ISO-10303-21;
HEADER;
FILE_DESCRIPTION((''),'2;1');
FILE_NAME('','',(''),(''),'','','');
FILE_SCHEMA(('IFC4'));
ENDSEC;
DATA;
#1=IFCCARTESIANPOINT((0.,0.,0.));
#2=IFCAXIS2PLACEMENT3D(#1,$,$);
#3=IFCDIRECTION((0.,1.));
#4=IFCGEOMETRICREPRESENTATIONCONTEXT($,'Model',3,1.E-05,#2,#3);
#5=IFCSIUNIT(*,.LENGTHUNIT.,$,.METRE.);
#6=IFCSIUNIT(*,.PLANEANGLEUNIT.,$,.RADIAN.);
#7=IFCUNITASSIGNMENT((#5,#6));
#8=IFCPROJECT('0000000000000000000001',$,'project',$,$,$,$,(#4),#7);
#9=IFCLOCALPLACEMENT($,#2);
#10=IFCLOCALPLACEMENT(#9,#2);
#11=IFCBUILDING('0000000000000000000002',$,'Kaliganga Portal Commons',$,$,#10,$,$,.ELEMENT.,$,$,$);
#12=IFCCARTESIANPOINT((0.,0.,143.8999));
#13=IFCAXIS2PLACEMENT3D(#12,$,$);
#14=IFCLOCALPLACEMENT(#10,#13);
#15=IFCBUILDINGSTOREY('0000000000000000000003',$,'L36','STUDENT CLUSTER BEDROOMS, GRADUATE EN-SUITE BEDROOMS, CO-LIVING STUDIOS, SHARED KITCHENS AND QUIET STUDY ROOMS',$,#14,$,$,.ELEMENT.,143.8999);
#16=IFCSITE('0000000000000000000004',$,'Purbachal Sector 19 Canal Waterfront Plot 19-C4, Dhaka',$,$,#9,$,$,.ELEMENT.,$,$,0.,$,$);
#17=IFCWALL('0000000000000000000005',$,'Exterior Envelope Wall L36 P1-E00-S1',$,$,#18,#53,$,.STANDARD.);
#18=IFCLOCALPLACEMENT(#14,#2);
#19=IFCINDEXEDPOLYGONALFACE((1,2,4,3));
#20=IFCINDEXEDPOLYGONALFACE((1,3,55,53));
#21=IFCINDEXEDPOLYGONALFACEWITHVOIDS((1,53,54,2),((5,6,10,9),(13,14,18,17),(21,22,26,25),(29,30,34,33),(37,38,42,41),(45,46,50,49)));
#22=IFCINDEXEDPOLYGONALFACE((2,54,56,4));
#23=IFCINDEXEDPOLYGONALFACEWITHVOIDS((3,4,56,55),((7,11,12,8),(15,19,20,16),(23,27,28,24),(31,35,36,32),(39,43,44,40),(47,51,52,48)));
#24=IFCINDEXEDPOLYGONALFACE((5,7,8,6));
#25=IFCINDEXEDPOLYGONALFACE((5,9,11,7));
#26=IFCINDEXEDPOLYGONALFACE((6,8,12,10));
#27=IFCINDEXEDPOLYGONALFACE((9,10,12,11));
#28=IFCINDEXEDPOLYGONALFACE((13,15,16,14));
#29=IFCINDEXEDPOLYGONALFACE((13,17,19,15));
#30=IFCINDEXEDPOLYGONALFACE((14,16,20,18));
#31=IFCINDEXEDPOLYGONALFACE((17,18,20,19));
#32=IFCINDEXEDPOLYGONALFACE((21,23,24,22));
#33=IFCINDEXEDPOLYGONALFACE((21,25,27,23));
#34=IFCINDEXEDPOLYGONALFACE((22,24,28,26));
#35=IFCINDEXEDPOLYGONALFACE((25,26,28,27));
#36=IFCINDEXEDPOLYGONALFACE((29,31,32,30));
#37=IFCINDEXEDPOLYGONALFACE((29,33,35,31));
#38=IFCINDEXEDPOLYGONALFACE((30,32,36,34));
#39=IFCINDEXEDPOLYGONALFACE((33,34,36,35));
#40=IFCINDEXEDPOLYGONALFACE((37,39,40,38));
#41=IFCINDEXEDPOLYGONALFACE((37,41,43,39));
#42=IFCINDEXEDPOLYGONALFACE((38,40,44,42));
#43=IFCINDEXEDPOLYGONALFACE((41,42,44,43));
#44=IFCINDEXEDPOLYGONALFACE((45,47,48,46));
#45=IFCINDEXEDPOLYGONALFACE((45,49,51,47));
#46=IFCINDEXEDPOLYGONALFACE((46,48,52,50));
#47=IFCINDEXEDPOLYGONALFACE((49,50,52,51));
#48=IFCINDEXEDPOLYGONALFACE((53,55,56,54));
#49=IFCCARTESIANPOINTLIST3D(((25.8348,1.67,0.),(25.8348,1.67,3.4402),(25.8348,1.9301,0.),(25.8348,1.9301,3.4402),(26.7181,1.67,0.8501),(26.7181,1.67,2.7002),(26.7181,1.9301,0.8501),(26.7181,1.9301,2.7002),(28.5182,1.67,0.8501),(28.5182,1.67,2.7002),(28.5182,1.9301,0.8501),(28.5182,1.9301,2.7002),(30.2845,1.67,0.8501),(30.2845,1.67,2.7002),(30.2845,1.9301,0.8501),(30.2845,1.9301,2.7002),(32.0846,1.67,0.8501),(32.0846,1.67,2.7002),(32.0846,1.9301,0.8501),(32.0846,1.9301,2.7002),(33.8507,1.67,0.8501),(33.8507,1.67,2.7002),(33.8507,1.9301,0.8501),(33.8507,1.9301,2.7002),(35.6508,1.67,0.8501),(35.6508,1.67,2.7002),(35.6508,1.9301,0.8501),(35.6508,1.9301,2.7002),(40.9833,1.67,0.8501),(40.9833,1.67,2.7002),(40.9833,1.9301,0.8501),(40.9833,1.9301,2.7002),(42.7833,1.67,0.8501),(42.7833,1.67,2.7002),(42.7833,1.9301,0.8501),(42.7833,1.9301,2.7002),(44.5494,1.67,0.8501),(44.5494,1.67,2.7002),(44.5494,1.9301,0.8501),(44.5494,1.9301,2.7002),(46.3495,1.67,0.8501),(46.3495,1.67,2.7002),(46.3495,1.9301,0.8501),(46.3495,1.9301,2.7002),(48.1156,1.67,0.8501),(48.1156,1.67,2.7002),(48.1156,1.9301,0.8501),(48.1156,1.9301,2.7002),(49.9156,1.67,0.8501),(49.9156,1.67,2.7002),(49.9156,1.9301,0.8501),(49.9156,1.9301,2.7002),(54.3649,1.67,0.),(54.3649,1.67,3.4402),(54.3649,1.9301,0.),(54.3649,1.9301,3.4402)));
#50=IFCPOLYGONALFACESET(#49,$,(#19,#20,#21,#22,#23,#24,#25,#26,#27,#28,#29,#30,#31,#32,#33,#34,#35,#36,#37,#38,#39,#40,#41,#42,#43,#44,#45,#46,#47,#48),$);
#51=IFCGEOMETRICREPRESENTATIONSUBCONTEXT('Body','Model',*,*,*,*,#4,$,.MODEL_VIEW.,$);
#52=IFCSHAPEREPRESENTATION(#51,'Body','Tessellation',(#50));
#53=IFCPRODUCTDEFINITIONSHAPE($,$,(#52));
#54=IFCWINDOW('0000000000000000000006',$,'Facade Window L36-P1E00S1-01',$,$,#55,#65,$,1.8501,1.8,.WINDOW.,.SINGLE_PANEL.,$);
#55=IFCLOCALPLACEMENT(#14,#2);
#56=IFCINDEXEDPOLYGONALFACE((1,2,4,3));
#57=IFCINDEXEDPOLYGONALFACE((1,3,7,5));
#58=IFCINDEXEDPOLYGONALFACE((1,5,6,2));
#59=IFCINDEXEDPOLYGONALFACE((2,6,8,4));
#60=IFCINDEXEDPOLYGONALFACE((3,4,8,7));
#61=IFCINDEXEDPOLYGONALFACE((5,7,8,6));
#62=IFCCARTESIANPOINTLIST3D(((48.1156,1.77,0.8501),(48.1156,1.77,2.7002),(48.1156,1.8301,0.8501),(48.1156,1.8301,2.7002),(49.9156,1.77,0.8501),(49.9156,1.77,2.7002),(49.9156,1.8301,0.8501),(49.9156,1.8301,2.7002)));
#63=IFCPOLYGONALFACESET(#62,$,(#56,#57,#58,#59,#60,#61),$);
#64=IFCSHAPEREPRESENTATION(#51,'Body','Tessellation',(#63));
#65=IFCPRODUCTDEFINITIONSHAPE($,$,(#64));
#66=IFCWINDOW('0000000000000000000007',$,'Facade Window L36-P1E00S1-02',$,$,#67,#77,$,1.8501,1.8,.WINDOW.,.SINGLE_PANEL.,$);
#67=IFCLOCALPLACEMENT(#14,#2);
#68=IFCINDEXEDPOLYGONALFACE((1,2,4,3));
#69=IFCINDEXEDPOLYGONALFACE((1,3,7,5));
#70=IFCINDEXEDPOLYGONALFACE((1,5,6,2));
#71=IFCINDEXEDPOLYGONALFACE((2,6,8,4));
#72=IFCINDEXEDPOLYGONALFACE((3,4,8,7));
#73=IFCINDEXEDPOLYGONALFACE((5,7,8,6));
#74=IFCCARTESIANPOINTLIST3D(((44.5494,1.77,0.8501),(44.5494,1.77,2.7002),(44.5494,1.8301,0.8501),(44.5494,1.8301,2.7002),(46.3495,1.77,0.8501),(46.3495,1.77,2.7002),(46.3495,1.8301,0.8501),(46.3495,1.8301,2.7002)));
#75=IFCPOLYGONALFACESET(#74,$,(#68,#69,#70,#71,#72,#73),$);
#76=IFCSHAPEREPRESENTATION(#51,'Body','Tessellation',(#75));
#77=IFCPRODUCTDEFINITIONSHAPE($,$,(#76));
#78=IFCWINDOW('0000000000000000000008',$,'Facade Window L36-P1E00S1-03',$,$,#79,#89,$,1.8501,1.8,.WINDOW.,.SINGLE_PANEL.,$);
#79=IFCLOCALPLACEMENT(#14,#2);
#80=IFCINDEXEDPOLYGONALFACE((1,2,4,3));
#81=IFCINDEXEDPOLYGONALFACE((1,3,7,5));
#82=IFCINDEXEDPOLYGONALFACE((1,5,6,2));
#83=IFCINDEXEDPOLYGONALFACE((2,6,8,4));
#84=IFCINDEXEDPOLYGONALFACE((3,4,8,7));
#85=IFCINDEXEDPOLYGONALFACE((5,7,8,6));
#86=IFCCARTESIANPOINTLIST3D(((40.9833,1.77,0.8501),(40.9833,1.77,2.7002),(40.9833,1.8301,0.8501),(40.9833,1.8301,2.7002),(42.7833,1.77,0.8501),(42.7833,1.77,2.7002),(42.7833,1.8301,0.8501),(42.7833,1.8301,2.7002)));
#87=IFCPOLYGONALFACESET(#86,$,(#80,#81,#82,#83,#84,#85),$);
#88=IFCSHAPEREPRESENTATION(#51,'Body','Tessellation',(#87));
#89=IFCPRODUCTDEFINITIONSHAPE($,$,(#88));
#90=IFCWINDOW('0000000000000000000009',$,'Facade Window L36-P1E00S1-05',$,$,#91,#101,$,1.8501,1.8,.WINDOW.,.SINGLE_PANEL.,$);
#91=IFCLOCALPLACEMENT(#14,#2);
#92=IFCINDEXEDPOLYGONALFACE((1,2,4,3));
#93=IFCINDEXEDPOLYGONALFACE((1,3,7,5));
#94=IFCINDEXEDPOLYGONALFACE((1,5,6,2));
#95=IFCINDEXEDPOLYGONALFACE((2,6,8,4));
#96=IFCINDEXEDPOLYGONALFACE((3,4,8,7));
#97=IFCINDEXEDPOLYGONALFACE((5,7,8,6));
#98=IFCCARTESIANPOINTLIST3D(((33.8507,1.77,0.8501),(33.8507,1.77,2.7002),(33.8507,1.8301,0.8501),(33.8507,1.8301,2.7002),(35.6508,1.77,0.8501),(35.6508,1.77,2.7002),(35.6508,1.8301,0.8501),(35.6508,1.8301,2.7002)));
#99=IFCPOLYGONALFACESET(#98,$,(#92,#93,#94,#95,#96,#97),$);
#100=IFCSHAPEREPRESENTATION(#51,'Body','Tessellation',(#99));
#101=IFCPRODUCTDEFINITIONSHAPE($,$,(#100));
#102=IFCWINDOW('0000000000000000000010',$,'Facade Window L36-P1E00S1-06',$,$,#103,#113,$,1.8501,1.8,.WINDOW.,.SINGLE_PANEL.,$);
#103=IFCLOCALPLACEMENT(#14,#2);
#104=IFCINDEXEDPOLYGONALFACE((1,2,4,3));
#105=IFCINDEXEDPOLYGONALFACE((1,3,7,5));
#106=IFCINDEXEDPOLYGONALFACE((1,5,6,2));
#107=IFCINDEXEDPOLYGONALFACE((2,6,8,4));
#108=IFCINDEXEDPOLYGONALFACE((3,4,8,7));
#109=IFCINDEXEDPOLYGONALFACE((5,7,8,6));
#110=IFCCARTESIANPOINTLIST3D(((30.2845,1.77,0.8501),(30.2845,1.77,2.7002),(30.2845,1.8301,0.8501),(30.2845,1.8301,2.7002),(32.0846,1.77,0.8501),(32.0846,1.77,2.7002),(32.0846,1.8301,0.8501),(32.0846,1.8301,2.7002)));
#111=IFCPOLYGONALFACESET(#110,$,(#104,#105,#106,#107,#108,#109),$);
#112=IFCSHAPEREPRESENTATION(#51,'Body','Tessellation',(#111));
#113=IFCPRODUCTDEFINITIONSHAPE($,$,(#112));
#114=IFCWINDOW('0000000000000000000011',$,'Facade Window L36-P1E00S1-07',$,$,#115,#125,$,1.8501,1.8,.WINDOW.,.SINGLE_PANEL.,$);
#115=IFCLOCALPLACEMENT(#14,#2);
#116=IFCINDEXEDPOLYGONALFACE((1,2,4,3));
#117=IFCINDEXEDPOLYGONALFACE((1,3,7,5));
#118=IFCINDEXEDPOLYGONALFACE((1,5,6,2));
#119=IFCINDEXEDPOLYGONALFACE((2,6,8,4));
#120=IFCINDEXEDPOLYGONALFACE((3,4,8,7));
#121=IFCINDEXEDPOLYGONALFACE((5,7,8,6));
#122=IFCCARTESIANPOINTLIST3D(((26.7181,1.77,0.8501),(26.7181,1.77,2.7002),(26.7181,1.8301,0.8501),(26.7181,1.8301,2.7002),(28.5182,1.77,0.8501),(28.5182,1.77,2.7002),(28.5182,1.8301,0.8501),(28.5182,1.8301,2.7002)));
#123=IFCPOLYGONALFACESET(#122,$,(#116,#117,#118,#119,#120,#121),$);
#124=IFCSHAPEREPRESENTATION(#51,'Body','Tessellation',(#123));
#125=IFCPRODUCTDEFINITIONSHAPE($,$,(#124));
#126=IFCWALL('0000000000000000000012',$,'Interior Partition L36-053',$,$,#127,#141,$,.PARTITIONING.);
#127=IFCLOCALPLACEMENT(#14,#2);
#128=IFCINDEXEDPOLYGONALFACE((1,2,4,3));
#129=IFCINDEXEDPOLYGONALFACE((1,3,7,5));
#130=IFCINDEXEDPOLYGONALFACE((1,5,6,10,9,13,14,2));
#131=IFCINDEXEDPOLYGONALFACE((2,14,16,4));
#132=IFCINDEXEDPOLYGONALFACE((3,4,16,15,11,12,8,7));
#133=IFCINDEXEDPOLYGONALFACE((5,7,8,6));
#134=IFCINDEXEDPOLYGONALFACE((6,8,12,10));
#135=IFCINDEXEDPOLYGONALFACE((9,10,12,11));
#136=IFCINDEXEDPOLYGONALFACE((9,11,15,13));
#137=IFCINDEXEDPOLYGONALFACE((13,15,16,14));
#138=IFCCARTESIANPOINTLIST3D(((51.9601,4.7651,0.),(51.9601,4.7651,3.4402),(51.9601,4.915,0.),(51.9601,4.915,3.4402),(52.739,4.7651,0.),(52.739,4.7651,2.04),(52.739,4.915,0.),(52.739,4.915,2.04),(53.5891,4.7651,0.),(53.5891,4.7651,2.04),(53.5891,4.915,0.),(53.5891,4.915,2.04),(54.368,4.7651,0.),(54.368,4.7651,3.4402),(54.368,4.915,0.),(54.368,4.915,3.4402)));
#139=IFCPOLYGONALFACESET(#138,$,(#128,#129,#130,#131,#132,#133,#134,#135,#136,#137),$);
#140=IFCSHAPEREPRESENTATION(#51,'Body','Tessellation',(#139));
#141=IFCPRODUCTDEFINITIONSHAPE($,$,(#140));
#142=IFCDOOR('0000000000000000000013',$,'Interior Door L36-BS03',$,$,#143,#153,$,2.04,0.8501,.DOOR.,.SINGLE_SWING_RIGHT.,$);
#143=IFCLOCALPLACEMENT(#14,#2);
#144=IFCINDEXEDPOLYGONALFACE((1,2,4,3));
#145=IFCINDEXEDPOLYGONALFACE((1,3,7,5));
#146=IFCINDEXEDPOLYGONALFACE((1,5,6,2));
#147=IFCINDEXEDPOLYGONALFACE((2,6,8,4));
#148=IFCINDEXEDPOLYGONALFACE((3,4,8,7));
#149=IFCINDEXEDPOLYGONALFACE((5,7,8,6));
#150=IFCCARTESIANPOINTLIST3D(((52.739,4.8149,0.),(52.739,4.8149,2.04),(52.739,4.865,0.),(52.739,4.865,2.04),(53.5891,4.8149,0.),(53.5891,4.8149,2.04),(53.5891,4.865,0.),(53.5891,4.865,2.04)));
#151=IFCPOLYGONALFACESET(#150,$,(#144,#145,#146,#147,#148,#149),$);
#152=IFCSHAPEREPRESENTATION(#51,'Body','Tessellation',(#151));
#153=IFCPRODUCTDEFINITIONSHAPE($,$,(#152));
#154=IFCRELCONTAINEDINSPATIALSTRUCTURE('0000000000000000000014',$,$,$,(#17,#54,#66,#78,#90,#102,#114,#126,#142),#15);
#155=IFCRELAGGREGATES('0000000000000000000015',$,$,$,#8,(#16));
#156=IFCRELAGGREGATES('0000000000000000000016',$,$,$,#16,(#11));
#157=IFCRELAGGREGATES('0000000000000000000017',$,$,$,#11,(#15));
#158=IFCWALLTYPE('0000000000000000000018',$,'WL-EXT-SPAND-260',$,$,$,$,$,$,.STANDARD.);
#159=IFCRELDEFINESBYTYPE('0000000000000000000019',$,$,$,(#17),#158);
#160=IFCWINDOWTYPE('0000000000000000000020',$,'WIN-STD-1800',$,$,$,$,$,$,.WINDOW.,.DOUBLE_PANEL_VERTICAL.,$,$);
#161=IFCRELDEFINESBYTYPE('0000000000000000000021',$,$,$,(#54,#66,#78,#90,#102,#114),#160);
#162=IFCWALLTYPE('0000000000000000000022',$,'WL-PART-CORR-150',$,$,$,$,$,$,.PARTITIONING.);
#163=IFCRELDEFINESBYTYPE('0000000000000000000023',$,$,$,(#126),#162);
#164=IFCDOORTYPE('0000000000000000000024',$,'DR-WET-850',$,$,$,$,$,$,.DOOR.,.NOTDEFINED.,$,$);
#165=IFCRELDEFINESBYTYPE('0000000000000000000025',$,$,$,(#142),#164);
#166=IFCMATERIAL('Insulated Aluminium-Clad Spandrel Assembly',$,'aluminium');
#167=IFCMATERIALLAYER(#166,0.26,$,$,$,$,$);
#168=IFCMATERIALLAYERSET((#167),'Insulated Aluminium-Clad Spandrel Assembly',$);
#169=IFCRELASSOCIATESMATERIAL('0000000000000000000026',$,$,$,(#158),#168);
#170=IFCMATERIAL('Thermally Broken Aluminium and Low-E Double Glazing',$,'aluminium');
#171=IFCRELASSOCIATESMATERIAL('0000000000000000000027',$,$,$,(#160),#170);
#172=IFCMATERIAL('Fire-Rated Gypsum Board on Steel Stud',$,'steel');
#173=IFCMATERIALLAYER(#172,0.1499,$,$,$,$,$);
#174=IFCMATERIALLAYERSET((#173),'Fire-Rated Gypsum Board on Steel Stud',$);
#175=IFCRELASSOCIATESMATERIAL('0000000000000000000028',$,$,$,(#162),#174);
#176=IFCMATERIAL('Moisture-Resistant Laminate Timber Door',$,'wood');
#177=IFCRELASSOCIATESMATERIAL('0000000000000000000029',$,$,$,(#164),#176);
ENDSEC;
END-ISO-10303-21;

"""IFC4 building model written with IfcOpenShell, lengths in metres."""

from ifc_helpers import new_model, si_unit, direction, frame, frame_2d, origin, place, context, subcontext, project, spatial, rectangle, extrude, material, layer, layer_set, type_object, element, fill, save


model = new_model("IFC4")

# Units and contexts
model_context = context("Model", 3, precision=1e-05, world=origin(), true_north=direction((0.0, 1.0)))
body_context = subcontext(model_context, "Body", "Model", "MODEL_VIEW")
ifc_project = project(units=[si_unit("LENGTHUNIT", "METRE"), si_unit("PLANEANGLEUNIT", "RADIAN")], contexts=[model_context])

# Site, building, storey
site_placement = place(None, origin())
site = spatial("IfcSite", under=ifc_project, at=site_placement, Name="Purbachal Sector 19 Canal Waterfront Plot 19-C4, Dhaka", CompositionType="ELEMENT", RefElevation=0.0)
building_placement = place(site_placement, origin())
building = spatial("IfcBuilding", under=site, at=building_placement, Name="Kaliganga Portal Commons", CompositionType="ELEMENT")
storey_placement = place(building_placement, frame((0.0, 0.0, 143.8999)))
storey = spatial("IfcBuildingStorey", under=building, at=storey_placement, Name="L36", Description="STUDENT CLUSTER BEDROOMS, GRADUATE EN-SUITE BEDROOMS, CO-LIVING STUDIOS, SHARED KITCHENS AND QUIET STUDY ROOMS", CompositionType="ELEMENT", Elevation=143.8999)

# Wall, openings, windows
ifc_material_1 = material(Name="Insulated Aluminium-Clad Spandrel Assembly", Category="aluminium")
ifc_layer_1 = layer(ifc_material_1, 0.26)
ifc_layer_set_1 = layer_set([ifc_layer_1], Name="Insulated Aluminium-Clad Spandrel Assembly")
wall_type_1 = type_object("IfcWallType", Name="WL-EXT-SPAND-260", PredefinedType="STANDARD", material=ifc_layer_set_1)
wall_1_placement = place(storey_placement, frame((54.365, 1.8, 0.0), z_axis=(0.0, 0.0, 1.0), x_axis=(-1.0, 0.0, 0.0)))
wall_1 = element("IfcWall", 1, at=wall_1_placement, inside=storey, type_object=wall_type_1, Name="Exterior Envelope Wall L36 P1-E00-S1", PredefinedType="STANDARD", context=body_context, shape_type="SweptSolid", body=[
    extrude(rectangle(XDim=28.53, YDim=0.26, at=frame_2d((14.2651, 0.0))), origin(), (0.0, 0.0, 1.0), 3.4402),
])
opening_1_placement = place(wall_1_placement, frame((4.4495, 0.0, 0.8501)))
opening_1 = element("IfcOpeningElement", 2, at=opening_1_placement, cuts=wall_1, PredefinedType="OPENING", context=body_context, shape_type="SweptSolid", body=[
    extrude(rectangle(XDim=1.8, YDim=1.8501, at=frame_2d((0.8999, 0.925))), frame((0.0, 0.1401, 0.0), z_axis=(0.0, -1.0, 0.0), x_axis=(1.0, 0.0, 0.0)), (0.0, 0.0, 1.0), 0.28),
])
opening_2_placement = place(wall_1_placement, frame((8.0156, 0.0, 0.8501)))
opening_2 = element("IfcOpeningElement", 3, at=opening_2_placement, cuts=wall_1, PredefinedType="OPENING", context=body_context, shape_type="SweptSolid", body=[
    extrude(rectangle(XDim=1.8, YDim=1.8501, at=frame_2d((0.8999, 0.925))), frame((0.0, 0.1401, 0.0), z_axis=(0.0, -1.0, 0.0), x_axis=(1.0, 0.0, 0.0)), (0.0, 0.0, 1.0), 0.28),
])
opening_3_placement = place(wall_1_placement, frame((11.5818, 0.0, 0.8501)))
opening_3 = element("IfcOpeningElement", 4, at=opening_3_placement, cuts=wall_1, PredefinedType="OPENING", context=body_context, shape_type="SweptSolid", body=[
    extrude(rectangle(XDim=1.8, YDim=1.8501, at=frame_2d((0.8999, 0.925))), frame((0.0, 0.1401, 0.0), z_axis=(0.0, -1.0, 0.0), x_axis=(1.0, 0.0, 0.0)), (0.0, 0.0, 1.0), 0.28),
])
opening_4_placement = place(wall_1_placement, frame((18.7144, 0.0, 0.8501)))
opening_4 = element("IfcOpeningElement", 5, at=opening_4_placement, cuts=wall_1, PredefinedType="OPENING", context=body_context, shape_type="SweptSolid", body=[
    extrude(rectangle(XDim=1.8, YDim=1.8501, at=frame_2d((0.8999, 0.925))), frame((0.0, 0.1401, 0.0), z_axis=(0.0, -1.0, 0.0), x_axis=(1.0, 0.0, 0.0)), (0.0, 0.0, 1.0), 0.28),
])
opening_5_placement = place(wall_1_placement, frame((22.2805, 0.0, 0.8501)))
opening_5 = element("IfcOpeningElement", 6, at=opening_5_placement, cuts=wall_1, PredefinedType="OPENING", context=body_context, shape_type="SweptSolid", body=[
    extrude(rectangle(XDim=1.8, YDim=1.8501, at=frame_2d((0.8999, 0.925))), frame((0.0, 0.1401, 0.0), z_axis=(0.0, -1.0, 0.0), x_axis=(1.0, 0.0, 0.0)), (0.0, 0.0, 1.0), 0.28),
])
opening_6_placement = place(wall_1_placement, frame((25.8469, 0.0, 0.8501)))
opening_6 = element("IfcOpeningElement", 7, at=opening_6_placement, cuts=wall_1, PredefinedType="OPENING", context=body_context, shape_type="SweptSolid", body=[
    extrude(rectangle(XDim=1.8, YDim=1.8501, at=frame_2d((0.8999, 0.925))), frame((0.0, 0.1401, 0.0), z_axis=(0.0, -1.0, 0.0), x_axis=(1.0, 0.0, 0.0)), (0.0, 0.0, 1.0), 0.28),
])
ifc_material_2 = material(Name="Thermally Broken Aluminium and Low-E Double Glazing", Category="aluminium")
window_type = type_object("IfcWindowType", Name="WIN-STD-1800", PartitioningType="DOUBLE_PANEL_VERTICAL", PredefinedType="WINDOW", material=ifc_material_2)
window_1_placement = place(opening_1_placement, origin())
window_1 = element("IfcWindow", 8, at=window_1_placement, inside=storey, type_object=window_type, Name="Facade Window L36-P1E00S1-01", OverallHeight=1.8501, OverallWidth=1.8, PartitioningType="SINGLE_PANEL", PredefinedType="WINDOW", context=body_context, shape_type="SweptSolid", body=[
    extrude(rectangle(XDim=1.8, YDim=1.8501, at=frame_2d((0.8999, 0.925))), frame((0.0, 0.03, 0.0), z_axis=(0.0, -1.0, 0.0), x_axis=(1.0, 0.0, 0.0)), (0.0, 0.0, 1.0), 0.0601),
])
fill(opening_1, window_1)
window_2_placement = place(opening_2_placement, origin())
window_2 = element("IfcWindow", 9, at=window_2_placement, inside=storey, type_object=window_type, Name="Facade Window L36-P1E00S1-02", OverallHeight=1.8501, OverallWidth=1.8, PartitioningType="SINGLE_PANEL", PredefinedType="WINDOW", context=body_context, shape_type="SweptSolid", body=[
    extrude(rectangle(XDim=1.8, YDim=1.8501, at=frame_2d((0.8999, 0.925))), frame((0.0, 0.03, 0.0), z_axis=(0.0, -1.0, 0.0), x_axis=(1.0, 0.0, 0.0)), (0.0, 0.0, 1.0), 0.0601),
])
fill(opening_2, window_2)
window_3_placement = place(opening_3_placement, origin())
window_3 = element("IfcWindow", 10, at=window_3_placement, inside=storey, type_object=window_type, Name="Facade Window L36-P1E00S1-03", OverallHeight=1.8501, OverallWidth=1.8, PartitioningType="SINGLE_PANEL", PredefinedType="WINDOW", context=body_context, shape_type="SweptSolid", body=[
    extrude(rectangle(XDim=1.8, YDim=1.8501, at=frame_2d((0.8999, 0.925))), frame((0.0, 0.03, 0.0), z_axis=(0.0, -1.0, 0.0), x_axis=(1.0, 0.0, 0.0)), (0.0, 0.0, 1.0), 0.0601),
])
fill(opening_3, window_3)
window_4_placement = place(opening_4_placement, origin())
window_4 = element("IfcWindow", 11, at=window_4_placement, inside=storey, type_object=window_type, Name="Facade Window L36-P1E00S1-05", OverallHeight=1.8501, OverallWidth=1.8, PartitioningType="SINGLE_PANEL", PredefinedType="WINDOW", context=body_context, shape_type="SweptSolid", body=[
    extrude(rectangle(XDim=1.8, YDim=1.8501, at=frame_2d((0.8999, 0.925))), frame((0.0, 0.03, 0.0), z_axis=(0.0, -1.0, 0.0), x_axis=(1.0, 0.0, 0.0)), (0.0, 0.0, 1.0), 0.0601),
])
fill(opening_4, window_4)
window_5_placement = place(opening_5_placement, origin())
window_5 = element("IfcWindow", 12, at=window_5_placement, inside=storey, type_object=window_type, Name="Facade Window L36-P1E00S1-06", OverallHeight=1.8501, OverallWidth=1.8, PartitioningType="SINGLE_PANEL", PredefinedType="WINDOW", context=body_context, shape_type="SweptSolid", body=[
    extrude(rectangle(XDim=1.8, YDim=1.8501, at=frame_2d((0.8999, 0.925))), frame((0.0, 0.03, 0.0), z_axis=(0.0, -1.0, 0.0), x_axis=(1.0, 0.0, 0.0)), (0.0, 0.0, 1.0), 0.0601),
])
fill(opening_5, window_5)
window_6_placement = place(opening_6_placement, origin())
window_6 = element("IfcWindow", 13, at=window_6_placement, inside=storey, type_object=window_type, Name="Facade Window L36-P1E00S1-07", OverallHeight=1.8501, OverallWidth=1.8, PartitioningType="SINGLE_PANEL", PredefinedType="WINDOW", context=body_context, shape_type="SweptSolid", body=[
    extrude(rectangle(XDim=1.8, YDim=1.8501, at=frame_2d((0.8999, 0.925))), frame((0.0, 0.03, 0.0), z_axis=(0.0, -1.0, 0.0), x_axis=(1.0, 0.0, 0.0)), (0.0, 0.0, 1.0), 0.0601),
])
fill(opening_6, window_6)

# Wall, opening, door
ifc_material_3 = material(Name="Fire-Rated Gypsum Board on Steel Stud", Category="steel")
ifc_layer_2 = layer(ifc_material_3, 0.1499)
ifc_layer_set_2 = layer_set([ifc_layer_2], Name="Fire-Rated Gypsum Board on Steel Stud")
wall_type_2 = type_object("IfcWallType", Name="WL-PART-CORR-150", PredefinedType="PARTITIONING", material=ifc_layer_set_2)
wall_2_placement = place(storey_placement, frame((51.96, 4.8401, 0.0), z_axis=(0.0, 0.0, 1.0), x_axis=(1.0, 0.0, 0.0)))
wall_2 = element("IfcWall", 14, at=wall_2_placement, inside=storey, type_object=wall_type_2, Name="Interior Partition L36-053", PredefinedType="PARTITIONING", context=body_context, shape_type="SweptSolid", body=[
    extrude(rectangle(XDim=2.408, YDim=0.1499, at=frame_2d((1.2041, 0.0))), origin(), (0.0, 0.0, 1.0), 3.4402),
])
opening_7_placement = place(wall_2_placement, frame((0.7791, 0.0, 0.0)))
opening_7 = element("IfcOpeningElement", 15, at=opening_7_placement, cuts=wall_2, PredefinedType="OPENING", context=body_context, shape_type="SweptSolid", body=[
    extrude(rectangle(XDim=0.8501, YDim=2.04, at=frame_2d((0.425, 1.02))), frame((0.0, 0.085, 0.0), z_axis=(0.0, -1.0, 0.0), x_axis=(1.0, 0.0, 0.0)), (0.0, 0.0, 1.0), 0.1699),
])
ifc_material_4 = material(Name="Moisture-Resistant Laminate Timber Door", Category="wood")
door_type_1 = type_object("IfcDoorType", Name="DR-WET-850", OperationType="NOTDEFINED", PredefinedType="DOOR", material=ifc_material_4)
door_1_placement = place(opening_7_placement, origin())
door_1 = element("IfcDoor", 16, at=door_1_placement, inside=storey, type_object=door_type_1, Name="Interior Door L36-BS03", OperationType="SINGLE_SWING_RIGHT", OverallHeight=2.04, OverallWidth=0.8501, PredefinedType="DOOR", context=body_context, shape_type="SweptSolid", body=[
    extrude(rectangle(XDim=0.8501, YDim=2.04, at=frame_2d((0.425, 1.02))), frame((0.0, 0.0249, 0.0), z_axis=(0.0, -1.0, 0.0), x_axis=(1.0, 0.0, 0.0)), (0.0, 0.0, 1.0), 0.05),
])
fill(opening_7, door_1)

save(model, "model.ifc")
